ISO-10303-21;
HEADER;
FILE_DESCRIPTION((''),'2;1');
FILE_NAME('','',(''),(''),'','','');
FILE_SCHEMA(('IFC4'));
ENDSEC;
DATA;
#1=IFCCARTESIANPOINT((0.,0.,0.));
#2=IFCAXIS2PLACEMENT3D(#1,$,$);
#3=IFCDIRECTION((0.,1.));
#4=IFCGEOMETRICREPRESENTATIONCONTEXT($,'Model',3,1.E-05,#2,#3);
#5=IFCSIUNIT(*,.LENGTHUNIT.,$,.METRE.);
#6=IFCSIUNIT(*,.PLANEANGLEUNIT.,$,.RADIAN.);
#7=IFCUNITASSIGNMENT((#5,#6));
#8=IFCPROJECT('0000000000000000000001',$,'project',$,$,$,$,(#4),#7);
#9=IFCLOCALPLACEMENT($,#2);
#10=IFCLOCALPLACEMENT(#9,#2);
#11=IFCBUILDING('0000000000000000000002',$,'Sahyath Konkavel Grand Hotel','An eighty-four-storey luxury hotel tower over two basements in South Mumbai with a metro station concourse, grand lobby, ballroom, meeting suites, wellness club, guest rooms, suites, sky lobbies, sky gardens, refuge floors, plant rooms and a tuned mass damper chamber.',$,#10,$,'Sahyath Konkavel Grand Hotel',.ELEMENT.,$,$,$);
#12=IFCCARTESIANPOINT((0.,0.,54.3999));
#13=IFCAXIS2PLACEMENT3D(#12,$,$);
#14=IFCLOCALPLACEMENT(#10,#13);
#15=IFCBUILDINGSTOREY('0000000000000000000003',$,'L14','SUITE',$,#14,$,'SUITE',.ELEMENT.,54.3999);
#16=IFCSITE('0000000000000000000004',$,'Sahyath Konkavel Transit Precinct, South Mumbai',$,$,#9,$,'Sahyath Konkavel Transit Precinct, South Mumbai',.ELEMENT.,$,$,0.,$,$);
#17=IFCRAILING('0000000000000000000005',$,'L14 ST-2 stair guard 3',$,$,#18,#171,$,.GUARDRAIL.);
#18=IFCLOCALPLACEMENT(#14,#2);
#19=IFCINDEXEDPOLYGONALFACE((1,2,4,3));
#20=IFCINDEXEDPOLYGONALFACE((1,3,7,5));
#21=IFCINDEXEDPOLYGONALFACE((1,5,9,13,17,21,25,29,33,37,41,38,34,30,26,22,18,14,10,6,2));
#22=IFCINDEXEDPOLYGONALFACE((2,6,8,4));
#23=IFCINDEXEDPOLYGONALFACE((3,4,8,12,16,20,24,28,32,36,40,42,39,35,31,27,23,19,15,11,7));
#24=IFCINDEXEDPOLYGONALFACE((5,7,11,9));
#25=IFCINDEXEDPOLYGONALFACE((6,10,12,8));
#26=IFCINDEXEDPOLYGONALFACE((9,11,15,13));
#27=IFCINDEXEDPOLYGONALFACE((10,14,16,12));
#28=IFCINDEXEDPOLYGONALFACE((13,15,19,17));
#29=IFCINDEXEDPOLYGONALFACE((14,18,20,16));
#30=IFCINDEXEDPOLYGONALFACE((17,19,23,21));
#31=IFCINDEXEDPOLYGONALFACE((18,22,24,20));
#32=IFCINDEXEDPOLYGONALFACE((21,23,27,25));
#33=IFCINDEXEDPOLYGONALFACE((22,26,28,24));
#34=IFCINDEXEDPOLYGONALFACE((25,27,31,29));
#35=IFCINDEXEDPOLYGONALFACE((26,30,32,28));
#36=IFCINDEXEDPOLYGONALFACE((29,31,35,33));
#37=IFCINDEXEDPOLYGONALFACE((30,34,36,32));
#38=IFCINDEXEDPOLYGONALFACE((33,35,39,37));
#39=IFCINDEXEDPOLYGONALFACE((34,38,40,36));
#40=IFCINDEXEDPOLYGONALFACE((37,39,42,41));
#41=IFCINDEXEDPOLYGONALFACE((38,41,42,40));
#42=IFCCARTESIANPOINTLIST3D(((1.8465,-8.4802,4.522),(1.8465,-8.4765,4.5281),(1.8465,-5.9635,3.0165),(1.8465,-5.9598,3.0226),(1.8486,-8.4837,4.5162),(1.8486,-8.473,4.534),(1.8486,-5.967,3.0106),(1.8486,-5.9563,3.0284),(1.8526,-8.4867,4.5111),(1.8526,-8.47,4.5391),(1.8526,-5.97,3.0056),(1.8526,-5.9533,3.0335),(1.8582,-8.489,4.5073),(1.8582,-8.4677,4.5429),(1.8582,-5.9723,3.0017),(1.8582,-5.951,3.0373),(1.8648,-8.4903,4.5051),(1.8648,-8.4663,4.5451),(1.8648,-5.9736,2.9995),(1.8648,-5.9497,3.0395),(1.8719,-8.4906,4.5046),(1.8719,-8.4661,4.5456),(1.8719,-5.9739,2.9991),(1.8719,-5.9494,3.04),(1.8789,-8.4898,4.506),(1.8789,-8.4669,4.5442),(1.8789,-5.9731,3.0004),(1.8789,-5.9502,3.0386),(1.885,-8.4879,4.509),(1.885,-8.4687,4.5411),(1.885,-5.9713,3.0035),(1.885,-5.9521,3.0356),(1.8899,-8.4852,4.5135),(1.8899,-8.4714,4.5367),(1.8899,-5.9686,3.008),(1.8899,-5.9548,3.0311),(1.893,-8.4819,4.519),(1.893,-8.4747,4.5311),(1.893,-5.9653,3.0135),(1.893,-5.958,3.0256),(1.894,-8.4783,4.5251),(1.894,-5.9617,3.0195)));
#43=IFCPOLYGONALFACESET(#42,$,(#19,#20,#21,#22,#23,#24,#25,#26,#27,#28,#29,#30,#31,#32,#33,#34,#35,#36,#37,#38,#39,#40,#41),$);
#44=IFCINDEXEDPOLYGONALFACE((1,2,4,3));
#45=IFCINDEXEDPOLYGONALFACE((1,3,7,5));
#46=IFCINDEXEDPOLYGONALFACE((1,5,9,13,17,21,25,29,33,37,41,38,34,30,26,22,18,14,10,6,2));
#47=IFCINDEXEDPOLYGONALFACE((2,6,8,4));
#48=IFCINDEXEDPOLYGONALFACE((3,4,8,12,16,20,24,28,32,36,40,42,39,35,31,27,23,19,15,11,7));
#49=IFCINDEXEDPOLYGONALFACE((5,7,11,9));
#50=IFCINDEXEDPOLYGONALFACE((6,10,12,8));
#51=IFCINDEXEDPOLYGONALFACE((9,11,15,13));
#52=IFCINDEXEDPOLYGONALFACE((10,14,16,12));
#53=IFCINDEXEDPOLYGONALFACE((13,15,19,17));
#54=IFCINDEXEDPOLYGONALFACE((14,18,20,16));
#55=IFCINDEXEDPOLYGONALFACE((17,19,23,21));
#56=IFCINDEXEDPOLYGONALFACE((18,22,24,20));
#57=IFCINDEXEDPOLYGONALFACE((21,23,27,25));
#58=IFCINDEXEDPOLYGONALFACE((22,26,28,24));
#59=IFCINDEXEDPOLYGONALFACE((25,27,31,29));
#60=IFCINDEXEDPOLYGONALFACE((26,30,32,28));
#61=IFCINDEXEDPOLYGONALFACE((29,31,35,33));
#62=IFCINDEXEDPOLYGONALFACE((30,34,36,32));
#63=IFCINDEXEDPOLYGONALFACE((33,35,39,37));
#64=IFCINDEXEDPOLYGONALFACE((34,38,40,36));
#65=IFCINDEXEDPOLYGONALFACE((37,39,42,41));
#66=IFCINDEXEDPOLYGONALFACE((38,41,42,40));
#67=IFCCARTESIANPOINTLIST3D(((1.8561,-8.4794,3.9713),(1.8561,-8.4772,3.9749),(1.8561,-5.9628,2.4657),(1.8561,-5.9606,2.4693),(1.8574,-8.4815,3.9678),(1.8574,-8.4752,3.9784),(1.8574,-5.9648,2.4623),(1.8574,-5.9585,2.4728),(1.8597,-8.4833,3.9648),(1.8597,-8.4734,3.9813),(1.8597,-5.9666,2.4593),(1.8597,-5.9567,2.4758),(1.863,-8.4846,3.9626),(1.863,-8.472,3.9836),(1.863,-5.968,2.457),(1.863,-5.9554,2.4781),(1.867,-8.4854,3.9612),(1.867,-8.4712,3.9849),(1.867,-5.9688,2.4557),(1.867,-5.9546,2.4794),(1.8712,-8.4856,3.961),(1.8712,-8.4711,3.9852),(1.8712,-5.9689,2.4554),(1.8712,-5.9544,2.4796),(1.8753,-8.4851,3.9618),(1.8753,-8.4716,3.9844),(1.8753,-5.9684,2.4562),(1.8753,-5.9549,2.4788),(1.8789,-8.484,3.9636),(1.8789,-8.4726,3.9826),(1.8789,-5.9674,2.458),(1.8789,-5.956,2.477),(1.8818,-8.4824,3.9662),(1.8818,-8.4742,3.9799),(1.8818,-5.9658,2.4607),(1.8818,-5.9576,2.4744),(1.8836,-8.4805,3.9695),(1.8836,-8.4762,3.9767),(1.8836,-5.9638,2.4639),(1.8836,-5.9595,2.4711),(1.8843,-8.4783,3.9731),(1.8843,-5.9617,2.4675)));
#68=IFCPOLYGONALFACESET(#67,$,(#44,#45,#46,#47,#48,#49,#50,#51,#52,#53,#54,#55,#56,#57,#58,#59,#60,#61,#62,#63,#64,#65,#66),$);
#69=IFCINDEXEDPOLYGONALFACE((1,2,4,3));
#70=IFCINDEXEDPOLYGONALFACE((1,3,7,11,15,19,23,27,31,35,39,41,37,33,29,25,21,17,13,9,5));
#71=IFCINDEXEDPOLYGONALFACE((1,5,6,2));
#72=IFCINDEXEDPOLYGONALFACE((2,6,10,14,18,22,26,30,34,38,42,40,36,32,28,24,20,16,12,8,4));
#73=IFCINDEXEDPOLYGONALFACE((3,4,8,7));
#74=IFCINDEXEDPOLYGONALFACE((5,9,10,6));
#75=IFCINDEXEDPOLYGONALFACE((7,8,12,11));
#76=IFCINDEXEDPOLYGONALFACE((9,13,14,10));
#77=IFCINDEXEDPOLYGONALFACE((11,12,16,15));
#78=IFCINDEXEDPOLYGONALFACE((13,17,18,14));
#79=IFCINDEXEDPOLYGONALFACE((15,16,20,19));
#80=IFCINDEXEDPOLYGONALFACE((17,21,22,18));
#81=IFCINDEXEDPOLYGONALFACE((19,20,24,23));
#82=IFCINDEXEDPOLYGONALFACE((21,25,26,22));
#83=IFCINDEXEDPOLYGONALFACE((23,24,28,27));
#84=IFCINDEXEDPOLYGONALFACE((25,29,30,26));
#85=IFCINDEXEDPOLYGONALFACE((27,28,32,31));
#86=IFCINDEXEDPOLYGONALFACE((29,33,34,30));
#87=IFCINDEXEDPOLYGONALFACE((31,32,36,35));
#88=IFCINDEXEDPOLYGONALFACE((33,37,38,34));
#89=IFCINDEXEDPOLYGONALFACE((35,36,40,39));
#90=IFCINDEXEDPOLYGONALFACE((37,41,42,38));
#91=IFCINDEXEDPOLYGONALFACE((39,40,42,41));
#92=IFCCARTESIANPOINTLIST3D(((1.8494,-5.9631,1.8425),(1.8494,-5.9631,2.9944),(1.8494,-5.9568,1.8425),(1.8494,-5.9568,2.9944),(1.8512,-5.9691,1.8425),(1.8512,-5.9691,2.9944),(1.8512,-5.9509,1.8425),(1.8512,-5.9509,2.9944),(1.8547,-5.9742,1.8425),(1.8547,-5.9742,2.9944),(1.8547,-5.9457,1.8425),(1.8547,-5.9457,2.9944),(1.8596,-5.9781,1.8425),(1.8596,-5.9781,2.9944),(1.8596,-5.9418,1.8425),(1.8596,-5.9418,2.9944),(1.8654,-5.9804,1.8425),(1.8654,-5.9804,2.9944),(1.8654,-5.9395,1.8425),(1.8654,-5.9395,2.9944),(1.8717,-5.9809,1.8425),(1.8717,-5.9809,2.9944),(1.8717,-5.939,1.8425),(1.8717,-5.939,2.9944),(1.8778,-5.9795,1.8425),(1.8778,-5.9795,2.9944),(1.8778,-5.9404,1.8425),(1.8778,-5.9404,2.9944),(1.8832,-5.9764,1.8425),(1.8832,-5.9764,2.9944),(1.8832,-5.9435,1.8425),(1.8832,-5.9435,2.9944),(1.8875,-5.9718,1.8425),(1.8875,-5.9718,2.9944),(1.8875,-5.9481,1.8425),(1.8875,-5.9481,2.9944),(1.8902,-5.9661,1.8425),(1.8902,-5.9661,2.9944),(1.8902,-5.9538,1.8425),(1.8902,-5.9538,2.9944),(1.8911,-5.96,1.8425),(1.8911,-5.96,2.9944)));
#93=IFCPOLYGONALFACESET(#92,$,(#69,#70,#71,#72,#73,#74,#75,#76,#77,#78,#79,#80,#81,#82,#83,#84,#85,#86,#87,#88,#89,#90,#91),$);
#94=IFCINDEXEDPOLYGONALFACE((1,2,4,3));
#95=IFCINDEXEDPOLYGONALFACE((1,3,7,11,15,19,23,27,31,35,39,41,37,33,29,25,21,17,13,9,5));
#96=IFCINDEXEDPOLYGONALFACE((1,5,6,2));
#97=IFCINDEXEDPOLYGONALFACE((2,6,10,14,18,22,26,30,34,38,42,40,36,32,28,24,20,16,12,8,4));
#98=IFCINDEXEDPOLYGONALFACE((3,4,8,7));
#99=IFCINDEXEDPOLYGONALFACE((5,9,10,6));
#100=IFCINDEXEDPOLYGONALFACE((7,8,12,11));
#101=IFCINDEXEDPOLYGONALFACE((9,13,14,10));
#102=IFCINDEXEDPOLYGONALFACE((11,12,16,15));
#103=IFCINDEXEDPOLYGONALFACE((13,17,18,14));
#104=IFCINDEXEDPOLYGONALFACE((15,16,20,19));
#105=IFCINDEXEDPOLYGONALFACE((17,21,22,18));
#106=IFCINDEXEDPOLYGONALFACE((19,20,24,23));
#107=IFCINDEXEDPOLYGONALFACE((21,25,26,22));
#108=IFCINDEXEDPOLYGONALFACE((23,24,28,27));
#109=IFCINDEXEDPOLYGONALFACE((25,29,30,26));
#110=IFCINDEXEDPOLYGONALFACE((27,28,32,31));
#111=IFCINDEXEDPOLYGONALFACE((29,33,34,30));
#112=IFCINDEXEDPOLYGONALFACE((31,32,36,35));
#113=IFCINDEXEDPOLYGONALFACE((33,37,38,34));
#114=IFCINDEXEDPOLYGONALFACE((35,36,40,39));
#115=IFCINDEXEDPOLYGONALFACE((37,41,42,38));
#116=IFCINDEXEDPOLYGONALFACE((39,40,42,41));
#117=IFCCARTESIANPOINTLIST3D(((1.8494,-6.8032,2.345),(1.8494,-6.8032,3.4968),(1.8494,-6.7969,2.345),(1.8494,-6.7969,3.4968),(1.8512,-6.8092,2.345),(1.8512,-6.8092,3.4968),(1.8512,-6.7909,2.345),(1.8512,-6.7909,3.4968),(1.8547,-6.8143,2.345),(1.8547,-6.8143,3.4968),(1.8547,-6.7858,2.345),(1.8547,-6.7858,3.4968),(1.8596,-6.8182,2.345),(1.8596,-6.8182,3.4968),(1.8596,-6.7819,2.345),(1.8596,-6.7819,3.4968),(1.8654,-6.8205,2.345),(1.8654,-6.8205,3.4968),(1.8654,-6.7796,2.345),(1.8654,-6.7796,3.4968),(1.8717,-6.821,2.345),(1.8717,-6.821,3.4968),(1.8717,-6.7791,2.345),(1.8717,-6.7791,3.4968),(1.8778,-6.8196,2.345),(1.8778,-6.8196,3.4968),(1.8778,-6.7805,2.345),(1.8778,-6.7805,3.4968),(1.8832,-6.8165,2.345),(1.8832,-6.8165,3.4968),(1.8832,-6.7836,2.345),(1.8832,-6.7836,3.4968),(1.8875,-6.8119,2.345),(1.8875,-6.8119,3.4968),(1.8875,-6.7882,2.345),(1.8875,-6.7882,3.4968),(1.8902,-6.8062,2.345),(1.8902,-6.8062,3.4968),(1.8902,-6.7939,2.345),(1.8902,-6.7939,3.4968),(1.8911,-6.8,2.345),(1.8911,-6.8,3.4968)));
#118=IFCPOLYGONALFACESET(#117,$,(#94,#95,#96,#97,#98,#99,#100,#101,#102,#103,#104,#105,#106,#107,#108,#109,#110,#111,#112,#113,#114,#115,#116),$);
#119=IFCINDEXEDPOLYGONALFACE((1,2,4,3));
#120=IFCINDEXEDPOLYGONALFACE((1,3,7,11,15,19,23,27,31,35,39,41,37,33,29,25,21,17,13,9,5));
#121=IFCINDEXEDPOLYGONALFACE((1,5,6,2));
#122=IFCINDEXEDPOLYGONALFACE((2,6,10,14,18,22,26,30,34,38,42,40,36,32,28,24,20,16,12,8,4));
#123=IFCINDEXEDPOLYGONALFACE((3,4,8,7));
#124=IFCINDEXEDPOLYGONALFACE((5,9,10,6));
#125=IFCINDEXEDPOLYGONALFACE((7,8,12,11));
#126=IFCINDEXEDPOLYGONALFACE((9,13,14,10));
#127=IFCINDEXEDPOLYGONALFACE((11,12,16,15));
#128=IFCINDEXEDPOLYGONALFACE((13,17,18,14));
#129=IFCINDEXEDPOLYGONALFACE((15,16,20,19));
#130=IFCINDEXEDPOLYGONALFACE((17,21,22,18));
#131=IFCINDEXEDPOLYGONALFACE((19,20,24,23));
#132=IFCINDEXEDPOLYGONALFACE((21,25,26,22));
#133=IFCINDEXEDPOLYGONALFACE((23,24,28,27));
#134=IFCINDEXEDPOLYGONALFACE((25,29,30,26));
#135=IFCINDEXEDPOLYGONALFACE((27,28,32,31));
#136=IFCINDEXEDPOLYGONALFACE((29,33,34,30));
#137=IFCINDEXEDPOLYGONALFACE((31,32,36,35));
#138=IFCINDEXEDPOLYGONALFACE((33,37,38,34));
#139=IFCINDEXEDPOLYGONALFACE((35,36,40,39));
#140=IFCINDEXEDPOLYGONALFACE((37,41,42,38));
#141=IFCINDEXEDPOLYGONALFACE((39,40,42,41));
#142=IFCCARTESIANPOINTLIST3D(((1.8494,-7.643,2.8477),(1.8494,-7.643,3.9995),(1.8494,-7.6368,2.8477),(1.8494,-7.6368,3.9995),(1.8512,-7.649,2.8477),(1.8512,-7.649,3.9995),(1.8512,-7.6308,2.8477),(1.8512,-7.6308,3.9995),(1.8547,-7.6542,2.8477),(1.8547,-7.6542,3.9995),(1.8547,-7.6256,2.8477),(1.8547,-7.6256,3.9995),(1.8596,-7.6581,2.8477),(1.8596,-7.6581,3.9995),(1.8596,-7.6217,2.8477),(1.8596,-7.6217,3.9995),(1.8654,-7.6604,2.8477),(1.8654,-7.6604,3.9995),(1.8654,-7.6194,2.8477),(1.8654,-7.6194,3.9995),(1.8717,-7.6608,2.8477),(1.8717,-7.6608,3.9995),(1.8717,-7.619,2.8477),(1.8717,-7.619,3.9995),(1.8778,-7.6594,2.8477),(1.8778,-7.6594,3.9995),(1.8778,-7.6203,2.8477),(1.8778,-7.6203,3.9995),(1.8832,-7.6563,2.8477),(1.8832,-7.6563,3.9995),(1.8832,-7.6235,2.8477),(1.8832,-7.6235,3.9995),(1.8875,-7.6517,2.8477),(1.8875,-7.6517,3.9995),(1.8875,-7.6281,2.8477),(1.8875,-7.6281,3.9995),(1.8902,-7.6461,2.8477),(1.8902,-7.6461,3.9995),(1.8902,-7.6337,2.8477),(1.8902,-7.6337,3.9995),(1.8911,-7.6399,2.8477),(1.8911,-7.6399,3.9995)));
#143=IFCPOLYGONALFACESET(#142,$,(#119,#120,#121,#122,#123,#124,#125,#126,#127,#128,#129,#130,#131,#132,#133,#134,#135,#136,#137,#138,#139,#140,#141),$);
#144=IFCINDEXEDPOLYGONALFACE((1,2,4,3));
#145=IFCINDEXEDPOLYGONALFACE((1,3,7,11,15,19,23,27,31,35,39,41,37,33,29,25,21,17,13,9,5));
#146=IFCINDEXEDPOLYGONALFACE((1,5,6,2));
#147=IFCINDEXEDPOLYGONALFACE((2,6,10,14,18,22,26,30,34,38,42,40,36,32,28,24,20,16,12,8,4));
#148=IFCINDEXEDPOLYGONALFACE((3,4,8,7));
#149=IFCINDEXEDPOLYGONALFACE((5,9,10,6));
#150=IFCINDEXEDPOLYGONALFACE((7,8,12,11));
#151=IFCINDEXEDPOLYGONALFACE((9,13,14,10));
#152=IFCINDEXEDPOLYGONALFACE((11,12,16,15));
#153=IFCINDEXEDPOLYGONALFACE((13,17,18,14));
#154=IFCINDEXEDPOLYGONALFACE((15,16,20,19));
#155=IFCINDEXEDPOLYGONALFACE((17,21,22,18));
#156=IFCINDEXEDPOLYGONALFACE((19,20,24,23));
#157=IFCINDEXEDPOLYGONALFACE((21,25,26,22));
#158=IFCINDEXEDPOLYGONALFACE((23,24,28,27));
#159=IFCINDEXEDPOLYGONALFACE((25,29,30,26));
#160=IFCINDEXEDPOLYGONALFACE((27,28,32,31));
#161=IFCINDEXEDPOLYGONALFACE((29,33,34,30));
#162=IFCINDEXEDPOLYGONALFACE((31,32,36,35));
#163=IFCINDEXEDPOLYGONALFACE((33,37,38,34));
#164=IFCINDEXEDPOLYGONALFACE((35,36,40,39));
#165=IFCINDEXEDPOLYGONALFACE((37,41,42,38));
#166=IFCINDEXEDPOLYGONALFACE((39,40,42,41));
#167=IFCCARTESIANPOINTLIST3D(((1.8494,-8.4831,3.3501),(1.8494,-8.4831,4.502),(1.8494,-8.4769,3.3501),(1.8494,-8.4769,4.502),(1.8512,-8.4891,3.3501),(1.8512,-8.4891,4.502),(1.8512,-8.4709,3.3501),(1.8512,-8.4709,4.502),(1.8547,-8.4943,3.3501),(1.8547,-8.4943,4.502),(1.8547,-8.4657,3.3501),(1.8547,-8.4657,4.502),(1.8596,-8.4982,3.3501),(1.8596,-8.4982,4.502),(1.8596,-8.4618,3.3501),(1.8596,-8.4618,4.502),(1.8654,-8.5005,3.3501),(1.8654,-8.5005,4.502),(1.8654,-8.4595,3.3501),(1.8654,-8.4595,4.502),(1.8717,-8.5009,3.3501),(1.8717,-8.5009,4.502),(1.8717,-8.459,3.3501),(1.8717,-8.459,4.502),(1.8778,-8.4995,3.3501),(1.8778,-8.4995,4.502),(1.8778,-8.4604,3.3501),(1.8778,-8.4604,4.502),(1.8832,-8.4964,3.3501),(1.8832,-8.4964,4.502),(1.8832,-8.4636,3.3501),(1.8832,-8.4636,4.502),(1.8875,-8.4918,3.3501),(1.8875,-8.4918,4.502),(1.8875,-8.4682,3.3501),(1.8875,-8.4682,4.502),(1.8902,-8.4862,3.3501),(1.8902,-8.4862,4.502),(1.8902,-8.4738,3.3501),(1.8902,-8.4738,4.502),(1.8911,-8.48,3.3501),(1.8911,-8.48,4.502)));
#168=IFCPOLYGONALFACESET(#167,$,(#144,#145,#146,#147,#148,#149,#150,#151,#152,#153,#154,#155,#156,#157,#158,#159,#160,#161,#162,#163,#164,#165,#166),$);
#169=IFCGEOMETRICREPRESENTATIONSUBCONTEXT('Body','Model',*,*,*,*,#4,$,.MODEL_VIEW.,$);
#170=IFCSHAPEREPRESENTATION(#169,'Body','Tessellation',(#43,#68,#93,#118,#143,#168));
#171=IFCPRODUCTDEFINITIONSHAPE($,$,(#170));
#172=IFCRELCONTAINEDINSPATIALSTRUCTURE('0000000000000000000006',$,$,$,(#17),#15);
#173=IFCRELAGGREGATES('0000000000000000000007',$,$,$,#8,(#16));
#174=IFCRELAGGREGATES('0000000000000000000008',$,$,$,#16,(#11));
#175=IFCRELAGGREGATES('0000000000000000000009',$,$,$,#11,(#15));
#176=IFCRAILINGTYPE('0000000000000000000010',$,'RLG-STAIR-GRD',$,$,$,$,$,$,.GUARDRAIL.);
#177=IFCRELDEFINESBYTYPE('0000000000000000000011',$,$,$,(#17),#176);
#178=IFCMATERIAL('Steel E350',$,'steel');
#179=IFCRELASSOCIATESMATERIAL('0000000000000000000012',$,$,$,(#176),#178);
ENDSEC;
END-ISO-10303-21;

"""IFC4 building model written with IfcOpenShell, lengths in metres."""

from ifc_helpers import new_model, si_unit, direction, frame, origin, origin_2d, place, context, subcontext, project, spatial, circle, extrude, material, type_object, element, save


model = new_model("IFC4")

# Units and contexts
model_context = context("Model", 3, precision=1e-05, world=origin(), true_north=direction((0.0, 1.0)))
body_context = subcontext(model_context, "Body", "Model", "MODEL_VIEW")
ifc_project = project(units=[si_unit("LENGTHUNIT", "METRE"), si_unit("PLANEANGLEUNIT", "RADIAN")], contexts=[model_context])

# Site, building, storey
site_placement = place(None, origin())
site = spatial("IfcSite", under=ifc_project, at=site_placement, Name="Sahyath Konkavel Transit Precinct, South Mumbai", LongName="Sahyath Konkavel Transit Precinct, South Mumbai", CompositionType="ELEMENT", RefElevation=0.0)
building_placement = place(site_placement, origin())
building = spatial("IfcBuilding", under=site, at=building_placement, Name="Sahyath Konkavel Grand Hotel", Description="An eighty-four-storey luxury hotel tower over two basements in South Mumbai with a metro station concourse, grand lobby, ballroom, meeting suites, wellness club, guest rooms, suites, sky lobbies, sky gardens, refuge floors, plant rooms and a tuned mass damper chamber.", LongName="Sahyath Konkavel Grand Hotel", CompositionType="ELEMENT")
storey_placement = place(building_placement, frame((0.0, 0.0, 54.3999)))
storey = spatial("IfcBuildingStorey", under=building, at=storey_placement, Name="L14", Description="SUITE", LongName="SUITE", CompositionType="ELEMENT", Elevation=54.3999)

# Shared definitions
ifc_material_1 = material(Name="Steel E350", Category="steel")

# Railing
railing_type_1 = type_object("IfcRailingType", Name="RLG-STAIR-GRD", PredefinedType="GUARDRAIL", material=ifc_material_1)
railing_1_placement = place(storey_placement, frame((1.8701, -5.96, 1.8425)))
element("IfcRailing", 1, at=railing_1_placement, inside=storey, type_object=railing_type_1, Name="L14 ST-2 stair guard 3", PredefinedType="GUARDRAIL", context=body_context, shape_type="SweptSolid", body=[
    extrude(circle(Radius=0.0239, at=origin_2d()), frame((0.0, -0.0017, 1.177), z_axis=(0.0, -0.85816, 0.513383), x_axis=(1.0, 0.0, 0.0)), (0.0, 0.0, 1.0), 2.9326),
    extrude(circle(Radius=0.0142, at=origin_2d()), frame((0.0, -0.0017, 0.625), z_axis=(0.0, -0.85816, 0.513383), x_axis=(1.0, 0.0, 0.0)), (0.0, 0.0, 1.0), 2.9326),
    extrude(circle(Radius=0.021, at=origin_2d()), origin(), (0.0, 0.0, 1.0), 1.1519),
    extrude(circle(Radius=0.021, at=origin_2d()), frame((0.0, -0.8401, 0.5024)), (0.0, 0.0, 1.0), 1.1519),
    extrude(circle(Radius=0.021, at=origin_2d()), frame((0.0, -1.6799, 1.0051)), (0.0, 0.0, 1.0), 1.1519),
    extrude(circle(Radius=0.021, at=origin_2d()), frame((0.0, -2.52, 1.5076)), (0.0, 0.0, 1.0), 1.1519),
])

save(model, "model.ifc")
